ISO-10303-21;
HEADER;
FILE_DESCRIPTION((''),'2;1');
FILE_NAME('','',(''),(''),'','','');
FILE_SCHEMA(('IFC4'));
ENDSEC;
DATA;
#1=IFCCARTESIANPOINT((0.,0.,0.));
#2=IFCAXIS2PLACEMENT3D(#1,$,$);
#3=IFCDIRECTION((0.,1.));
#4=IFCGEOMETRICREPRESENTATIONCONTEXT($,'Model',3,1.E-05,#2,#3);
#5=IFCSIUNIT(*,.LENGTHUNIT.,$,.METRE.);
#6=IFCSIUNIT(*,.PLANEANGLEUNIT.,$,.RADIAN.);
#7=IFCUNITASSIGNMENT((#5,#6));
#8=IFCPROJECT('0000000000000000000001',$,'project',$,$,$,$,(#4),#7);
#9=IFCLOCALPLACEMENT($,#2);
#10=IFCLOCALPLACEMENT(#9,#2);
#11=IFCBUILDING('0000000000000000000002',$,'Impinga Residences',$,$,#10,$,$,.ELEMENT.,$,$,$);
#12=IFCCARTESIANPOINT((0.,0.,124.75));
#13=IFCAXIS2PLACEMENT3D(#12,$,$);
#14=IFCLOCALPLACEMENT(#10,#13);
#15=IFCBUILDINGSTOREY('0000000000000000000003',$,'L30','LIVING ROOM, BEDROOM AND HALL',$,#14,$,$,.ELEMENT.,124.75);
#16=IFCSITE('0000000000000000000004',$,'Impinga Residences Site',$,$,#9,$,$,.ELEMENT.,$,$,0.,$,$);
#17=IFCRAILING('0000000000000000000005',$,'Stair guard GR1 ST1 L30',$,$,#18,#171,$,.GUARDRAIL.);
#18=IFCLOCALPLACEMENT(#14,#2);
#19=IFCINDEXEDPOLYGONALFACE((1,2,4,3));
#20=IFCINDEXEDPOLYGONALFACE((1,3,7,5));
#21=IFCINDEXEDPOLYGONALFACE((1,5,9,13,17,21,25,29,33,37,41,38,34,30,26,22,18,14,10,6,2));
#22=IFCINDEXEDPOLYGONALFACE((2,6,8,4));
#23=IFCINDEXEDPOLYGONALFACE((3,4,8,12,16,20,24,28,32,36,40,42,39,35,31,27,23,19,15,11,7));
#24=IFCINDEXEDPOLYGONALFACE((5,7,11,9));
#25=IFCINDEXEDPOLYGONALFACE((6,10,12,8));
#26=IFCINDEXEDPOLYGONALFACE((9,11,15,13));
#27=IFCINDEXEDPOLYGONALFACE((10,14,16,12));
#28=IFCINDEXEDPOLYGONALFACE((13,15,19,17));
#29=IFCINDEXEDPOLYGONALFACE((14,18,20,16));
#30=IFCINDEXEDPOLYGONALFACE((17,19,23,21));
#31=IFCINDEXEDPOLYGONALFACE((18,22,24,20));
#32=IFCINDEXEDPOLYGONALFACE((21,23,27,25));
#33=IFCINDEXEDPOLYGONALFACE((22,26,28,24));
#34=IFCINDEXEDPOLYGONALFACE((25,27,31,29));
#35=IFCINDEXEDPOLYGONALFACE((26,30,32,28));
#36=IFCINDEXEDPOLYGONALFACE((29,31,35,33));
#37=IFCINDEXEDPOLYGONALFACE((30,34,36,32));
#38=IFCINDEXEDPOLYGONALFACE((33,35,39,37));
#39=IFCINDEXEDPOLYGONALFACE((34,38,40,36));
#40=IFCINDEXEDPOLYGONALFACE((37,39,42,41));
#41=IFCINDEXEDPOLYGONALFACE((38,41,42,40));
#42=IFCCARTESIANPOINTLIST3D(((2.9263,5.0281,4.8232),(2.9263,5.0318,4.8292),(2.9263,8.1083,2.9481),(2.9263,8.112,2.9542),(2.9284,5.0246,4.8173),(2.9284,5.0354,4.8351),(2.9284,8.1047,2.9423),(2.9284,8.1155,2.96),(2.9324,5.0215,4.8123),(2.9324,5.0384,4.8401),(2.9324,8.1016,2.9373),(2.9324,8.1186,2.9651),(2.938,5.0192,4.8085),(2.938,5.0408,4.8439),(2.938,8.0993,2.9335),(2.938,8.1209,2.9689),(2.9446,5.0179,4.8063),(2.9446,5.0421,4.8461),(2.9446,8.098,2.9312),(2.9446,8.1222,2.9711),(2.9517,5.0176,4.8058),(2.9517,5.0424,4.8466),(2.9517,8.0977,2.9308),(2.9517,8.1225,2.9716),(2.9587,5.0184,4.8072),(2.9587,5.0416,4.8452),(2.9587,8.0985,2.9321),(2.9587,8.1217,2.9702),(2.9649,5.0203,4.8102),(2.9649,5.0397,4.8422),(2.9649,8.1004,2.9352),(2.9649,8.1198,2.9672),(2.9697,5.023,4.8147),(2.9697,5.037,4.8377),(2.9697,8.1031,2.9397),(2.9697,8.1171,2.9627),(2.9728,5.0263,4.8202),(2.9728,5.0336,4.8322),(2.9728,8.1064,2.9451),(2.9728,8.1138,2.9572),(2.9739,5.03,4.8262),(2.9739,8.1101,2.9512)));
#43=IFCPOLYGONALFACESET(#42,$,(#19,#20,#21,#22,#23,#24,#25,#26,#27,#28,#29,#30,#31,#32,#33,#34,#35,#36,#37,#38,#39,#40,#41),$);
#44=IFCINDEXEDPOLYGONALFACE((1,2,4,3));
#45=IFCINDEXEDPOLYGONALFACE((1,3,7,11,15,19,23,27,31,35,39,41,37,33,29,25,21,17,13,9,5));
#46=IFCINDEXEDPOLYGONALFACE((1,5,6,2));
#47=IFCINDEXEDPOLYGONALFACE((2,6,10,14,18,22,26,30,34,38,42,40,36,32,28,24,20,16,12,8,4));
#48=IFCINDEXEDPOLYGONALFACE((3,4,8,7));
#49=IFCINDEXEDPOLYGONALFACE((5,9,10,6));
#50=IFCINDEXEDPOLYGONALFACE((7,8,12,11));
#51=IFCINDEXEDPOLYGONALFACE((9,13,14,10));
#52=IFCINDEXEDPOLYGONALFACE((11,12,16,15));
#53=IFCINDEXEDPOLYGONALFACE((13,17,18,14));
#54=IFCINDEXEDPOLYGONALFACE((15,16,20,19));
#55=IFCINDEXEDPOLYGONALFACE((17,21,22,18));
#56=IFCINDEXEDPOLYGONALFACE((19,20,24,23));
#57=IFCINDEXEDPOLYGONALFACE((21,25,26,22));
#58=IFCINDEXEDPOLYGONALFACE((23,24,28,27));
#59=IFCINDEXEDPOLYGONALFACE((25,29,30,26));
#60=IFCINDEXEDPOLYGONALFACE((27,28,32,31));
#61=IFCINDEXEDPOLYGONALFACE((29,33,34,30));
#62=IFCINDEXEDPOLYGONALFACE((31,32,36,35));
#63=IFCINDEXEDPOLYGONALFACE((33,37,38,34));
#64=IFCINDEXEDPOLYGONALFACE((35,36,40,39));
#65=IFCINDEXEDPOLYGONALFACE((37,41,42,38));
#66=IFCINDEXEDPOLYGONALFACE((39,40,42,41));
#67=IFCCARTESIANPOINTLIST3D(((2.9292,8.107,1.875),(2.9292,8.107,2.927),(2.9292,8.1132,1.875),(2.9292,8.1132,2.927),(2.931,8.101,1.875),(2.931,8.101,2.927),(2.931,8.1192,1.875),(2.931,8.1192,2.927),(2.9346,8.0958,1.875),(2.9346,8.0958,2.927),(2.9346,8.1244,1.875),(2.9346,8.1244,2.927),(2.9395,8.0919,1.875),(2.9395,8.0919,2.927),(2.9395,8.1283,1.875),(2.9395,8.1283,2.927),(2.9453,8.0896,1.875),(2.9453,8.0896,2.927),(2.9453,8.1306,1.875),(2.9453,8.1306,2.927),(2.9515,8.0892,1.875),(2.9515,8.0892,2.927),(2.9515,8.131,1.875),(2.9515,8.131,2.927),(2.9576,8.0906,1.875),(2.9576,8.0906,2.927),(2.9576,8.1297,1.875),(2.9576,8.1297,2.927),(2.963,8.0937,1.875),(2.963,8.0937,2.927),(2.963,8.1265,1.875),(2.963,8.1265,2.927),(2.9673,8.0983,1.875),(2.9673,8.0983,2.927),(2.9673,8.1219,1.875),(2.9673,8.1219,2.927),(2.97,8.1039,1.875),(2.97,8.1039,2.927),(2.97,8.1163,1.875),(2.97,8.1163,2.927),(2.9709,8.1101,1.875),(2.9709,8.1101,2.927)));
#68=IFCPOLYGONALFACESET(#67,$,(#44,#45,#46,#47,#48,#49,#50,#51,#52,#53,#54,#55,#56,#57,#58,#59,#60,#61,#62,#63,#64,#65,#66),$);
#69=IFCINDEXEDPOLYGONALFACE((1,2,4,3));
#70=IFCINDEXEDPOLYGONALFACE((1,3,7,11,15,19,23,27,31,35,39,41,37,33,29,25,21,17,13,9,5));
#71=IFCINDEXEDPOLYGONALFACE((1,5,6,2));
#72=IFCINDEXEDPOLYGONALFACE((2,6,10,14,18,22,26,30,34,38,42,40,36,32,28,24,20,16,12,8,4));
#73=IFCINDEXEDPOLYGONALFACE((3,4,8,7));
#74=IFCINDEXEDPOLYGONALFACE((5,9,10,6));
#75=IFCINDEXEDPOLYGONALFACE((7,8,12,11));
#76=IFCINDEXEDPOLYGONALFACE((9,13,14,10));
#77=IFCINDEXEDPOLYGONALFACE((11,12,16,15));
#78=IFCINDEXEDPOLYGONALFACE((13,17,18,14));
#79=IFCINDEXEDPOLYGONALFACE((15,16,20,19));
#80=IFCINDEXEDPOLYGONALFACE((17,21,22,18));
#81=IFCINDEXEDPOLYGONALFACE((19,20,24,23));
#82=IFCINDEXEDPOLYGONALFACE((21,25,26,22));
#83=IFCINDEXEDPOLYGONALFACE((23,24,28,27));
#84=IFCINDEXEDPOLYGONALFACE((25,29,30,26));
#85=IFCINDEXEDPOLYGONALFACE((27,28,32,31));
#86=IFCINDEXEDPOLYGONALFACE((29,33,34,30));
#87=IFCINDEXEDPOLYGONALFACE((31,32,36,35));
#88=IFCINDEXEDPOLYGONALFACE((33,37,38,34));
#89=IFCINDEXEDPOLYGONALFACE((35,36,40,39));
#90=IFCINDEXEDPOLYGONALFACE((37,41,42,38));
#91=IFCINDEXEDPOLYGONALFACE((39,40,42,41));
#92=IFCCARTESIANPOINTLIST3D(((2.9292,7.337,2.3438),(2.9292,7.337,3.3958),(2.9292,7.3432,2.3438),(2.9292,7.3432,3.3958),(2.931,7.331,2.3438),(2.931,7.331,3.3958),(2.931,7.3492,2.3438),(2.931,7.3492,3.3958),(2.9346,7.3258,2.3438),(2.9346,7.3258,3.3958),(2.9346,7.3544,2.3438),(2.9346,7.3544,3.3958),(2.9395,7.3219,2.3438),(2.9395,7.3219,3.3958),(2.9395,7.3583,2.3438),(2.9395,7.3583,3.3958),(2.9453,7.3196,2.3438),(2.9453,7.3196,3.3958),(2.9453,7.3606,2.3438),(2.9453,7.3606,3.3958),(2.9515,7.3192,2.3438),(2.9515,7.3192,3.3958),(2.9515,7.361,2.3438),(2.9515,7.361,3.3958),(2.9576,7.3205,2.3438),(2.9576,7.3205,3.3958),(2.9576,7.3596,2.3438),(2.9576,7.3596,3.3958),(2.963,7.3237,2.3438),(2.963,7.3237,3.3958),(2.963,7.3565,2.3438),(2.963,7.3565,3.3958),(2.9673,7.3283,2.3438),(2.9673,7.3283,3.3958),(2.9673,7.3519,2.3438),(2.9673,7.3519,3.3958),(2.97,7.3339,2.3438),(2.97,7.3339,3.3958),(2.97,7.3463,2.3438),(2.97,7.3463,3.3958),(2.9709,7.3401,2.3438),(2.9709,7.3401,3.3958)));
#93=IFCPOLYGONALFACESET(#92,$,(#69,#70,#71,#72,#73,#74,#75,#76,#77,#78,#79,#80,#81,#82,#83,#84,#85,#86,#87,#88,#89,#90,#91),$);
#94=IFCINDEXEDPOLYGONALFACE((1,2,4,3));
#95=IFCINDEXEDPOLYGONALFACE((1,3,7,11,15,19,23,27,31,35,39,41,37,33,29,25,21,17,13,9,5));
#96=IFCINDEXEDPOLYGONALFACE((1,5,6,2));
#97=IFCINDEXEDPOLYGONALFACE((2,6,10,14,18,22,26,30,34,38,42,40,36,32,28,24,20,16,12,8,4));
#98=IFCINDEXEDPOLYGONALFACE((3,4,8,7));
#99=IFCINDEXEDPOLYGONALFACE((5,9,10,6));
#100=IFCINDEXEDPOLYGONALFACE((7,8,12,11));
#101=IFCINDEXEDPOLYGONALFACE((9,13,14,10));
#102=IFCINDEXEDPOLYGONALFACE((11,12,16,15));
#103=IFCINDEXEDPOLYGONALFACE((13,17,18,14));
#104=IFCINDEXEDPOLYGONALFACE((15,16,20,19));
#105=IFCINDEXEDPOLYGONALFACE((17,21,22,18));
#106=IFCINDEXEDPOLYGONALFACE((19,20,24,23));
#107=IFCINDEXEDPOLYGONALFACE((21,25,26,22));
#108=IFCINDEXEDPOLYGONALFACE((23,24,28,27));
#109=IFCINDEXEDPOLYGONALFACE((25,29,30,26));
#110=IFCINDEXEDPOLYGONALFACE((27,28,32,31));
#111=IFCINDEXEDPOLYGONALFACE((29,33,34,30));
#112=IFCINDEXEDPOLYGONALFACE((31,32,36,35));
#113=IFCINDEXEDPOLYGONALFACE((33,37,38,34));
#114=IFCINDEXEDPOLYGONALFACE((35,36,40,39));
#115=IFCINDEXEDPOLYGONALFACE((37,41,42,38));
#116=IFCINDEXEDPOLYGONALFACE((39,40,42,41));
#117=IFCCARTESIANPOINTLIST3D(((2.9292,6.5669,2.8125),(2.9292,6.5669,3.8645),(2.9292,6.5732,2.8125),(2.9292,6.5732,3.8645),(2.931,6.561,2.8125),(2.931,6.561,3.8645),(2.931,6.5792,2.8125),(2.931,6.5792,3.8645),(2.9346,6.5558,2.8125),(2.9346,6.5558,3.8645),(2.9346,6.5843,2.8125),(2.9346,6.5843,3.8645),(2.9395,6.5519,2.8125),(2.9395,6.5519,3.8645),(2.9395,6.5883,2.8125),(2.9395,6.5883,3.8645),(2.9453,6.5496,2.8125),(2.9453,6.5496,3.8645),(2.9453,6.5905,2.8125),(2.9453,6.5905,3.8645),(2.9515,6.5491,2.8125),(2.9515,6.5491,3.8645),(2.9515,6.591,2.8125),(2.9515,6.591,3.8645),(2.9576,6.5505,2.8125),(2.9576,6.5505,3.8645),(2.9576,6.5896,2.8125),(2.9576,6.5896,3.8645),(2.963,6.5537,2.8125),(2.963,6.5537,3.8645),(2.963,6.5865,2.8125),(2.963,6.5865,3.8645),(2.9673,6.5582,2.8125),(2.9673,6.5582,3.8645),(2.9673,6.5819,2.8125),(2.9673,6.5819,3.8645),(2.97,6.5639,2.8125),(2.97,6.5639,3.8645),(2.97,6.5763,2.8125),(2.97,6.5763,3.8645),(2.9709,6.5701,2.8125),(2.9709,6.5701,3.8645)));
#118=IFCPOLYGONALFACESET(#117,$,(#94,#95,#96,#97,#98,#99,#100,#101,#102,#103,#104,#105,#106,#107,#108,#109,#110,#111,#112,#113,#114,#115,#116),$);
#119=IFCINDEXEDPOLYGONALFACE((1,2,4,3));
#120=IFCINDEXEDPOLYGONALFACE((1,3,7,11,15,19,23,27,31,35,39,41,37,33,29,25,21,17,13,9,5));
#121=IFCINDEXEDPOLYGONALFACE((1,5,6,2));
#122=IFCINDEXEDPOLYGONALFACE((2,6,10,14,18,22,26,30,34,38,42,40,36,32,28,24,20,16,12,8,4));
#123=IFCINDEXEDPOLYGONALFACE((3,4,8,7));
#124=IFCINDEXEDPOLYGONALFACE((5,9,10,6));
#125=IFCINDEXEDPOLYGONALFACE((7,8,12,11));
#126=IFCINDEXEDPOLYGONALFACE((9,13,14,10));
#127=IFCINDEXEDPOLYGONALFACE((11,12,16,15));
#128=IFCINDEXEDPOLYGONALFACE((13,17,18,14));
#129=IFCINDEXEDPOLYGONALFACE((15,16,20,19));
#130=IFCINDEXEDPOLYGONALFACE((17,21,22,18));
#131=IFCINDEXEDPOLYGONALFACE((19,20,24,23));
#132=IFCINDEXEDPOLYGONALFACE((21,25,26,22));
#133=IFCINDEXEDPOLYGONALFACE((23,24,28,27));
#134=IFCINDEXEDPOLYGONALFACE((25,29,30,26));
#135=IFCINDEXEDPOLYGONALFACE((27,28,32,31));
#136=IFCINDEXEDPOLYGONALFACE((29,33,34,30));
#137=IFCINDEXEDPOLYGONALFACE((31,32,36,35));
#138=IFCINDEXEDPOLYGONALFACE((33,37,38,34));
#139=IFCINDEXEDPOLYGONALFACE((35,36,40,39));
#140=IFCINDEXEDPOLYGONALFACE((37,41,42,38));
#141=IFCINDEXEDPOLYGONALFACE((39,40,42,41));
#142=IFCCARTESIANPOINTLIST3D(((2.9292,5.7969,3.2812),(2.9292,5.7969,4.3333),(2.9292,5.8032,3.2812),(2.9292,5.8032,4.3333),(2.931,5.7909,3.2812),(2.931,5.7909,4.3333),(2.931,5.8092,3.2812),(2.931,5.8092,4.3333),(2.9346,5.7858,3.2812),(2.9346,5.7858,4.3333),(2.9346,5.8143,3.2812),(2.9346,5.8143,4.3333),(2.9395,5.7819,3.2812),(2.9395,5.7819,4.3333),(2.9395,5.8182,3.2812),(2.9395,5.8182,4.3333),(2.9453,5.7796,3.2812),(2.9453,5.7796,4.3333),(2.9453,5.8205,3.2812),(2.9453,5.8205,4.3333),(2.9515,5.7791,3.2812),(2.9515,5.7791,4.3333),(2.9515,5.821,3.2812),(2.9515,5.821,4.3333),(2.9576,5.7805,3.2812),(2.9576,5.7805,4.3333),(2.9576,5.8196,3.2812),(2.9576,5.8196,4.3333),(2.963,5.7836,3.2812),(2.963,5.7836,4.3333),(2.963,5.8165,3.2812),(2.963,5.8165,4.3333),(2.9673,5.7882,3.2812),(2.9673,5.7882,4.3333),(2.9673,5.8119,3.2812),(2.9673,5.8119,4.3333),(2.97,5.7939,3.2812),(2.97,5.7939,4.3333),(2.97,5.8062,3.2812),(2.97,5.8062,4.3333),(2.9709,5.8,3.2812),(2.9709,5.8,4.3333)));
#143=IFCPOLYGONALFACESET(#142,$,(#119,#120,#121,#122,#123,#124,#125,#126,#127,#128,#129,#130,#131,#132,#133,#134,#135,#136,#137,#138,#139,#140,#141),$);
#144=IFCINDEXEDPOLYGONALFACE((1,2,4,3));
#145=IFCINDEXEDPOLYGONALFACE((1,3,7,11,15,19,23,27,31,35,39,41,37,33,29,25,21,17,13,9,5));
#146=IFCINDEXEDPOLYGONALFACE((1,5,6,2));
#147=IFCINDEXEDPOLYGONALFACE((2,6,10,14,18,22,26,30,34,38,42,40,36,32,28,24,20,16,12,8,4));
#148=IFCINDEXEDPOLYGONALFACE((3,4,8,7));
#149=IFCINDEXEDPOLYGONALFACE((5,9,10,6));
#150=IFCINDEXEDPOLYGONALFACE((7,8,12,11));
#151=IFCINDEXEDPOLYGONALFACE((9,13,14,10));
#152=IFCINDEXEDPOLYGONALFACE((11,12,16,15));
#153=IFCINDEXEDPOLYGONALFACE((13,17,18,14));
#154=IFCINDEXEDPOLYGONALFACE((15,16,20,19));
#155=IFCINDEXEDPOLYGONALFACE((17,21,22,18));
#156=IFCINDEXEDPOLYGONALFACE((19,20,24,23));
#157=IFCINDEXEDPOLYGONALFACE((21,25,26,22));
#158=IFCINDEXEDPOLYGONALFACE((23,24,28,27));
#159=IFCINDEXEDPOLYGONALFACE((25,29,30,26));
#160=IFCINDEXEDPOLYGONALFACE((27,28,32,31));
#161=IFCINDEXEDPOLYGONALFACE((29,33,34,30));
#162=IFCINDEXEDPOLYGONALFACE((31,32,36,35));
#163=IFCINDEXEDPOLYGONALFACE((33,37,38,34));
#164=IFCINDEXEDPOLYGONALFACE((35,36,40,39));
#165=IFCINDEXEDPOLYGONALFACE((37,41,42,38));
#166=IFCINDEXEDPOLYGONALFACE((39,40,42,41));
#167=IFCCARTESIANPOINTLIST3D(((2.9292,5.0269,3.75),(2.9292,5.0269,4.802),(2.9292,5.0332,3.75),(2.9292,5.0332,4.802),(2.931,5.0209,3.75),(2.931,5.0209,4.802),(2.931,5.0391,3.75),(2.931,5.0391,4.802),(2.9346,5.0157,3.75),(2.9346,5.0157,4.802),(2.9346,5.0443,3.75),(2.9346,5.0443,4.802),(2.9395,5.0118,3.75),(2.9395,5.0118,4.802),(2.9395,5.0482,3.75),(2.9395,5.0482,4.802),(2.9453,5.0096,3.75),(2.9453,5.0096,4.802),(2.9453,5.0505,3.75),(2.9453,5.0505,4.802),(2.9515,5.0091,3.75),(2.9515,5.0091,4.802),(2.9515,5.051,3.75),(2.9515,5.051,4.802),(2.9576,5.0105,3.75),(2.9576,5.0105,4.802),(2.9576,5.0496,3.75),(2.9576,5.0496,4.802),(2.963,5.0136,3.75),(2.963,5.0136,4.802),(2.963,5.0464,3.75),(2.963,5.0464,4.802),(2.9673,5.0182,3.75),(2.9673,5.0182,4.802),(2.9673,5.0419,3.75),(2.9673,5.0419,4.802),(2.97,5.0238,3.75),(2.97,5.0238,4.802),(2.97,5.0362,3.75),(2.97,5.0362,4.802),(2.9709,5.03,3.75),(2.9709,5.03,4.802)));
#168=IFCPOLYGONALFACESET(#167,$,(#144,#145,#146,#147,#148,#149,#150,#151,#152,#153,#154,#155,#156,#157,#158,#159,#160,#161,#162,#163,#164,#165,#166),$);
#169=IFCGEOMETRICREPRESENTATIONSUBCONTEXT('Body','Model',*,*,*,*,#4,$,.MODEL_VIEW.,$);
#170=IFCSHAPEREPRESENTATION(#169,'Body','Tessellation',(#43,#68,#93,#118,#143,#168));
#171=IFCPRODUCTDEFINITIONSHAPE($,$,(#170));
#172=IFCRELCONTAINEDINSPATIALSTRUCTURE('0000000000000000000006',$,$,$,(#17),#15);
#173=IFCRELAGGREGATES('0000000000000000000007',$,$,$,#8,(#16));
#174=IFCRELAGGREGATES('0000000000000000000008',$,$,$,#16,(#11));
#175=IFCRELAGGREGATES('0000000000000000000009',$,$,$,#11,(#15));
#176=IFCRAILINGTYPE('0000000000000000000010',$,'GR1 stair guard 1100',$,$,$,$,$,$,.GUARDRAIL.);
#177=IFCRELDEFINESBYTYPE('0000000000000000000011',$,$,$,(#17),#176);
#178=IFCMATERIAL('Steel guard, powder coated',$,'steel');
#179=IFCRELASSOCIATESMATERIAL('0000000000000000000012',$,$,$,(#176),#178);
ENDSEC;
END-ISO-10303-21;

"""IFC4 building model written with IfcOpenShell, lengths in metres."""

from ifc_helpers import new_model, si_unit, direction, frame, origin, origin_2d, place, context, subcontext, project, spatial, circle, extrude, material, type_object, element, save


model = new_model("IFC4")

# Units and contexts
model_context = context("Model", 3, precision=1e-05, world=origin(), true_north=direction((0.0, 1.0)))
body_context = subcontext(model_context, "Body", "Model", "MODEL_VIEW")
ifc_project = project(units=[si_unit("LENGTHUNIT", "METRE"), si_unit("PLANEANGLEUNIT", "RADIAN")], contexts=[model_context])

# Site, building, storey
site_placement = place(None, origin())
site = spatial("IfcSite", under=ifc_project, at=site_placement, Name="Impinga Residences Site", CompositionType="ELEMENT", RefElevation=0.0)
building_placement = place(site_placement, origin())
building = spatial("IfcBuilding", under=site, at=building_placement, Name="Impinga Residences", CompositionType="ELEMENT")
storey_placement = place(building_placement, frame((0.0, 0.0, 124.75)))
storey = spatial("IfcBuildingStorey", under=building, at=storey_placement, Name="L30", Description="LIVING ROOM, BEDROOM AND HALL", CompositionType="ELEMENT", Elevation=124.75)

# Railing
ifc_material_1 = material(Name="Steel guard, powder coated", Category="steel")
railing_type_1 = type_object("IfcRailingType", Name="GR1 stair guard 1100", PredefinedType="GUARDRAIL", material=ifc_material_1)
railing_1_placement = place(storey_placement, frame((2.95, 8.1101, 1.875)))
element("IfcRailing", 1, at=railing_1_placement, inside=storey, type_object=railing_type_1, Name="Stair guard GR1 ST1 L30", PredefinedType="GUARDRAIL", context=body_context, shape_type="SweptSolid", body=[
    extrude(circle(Radius=0.0239, at=origin_2d()), frame((0.0, 0.0, 1.0762), z_axis=(0.0, -0.854178, 0.519981), x_axis=(1.0, 0.0, 0.0)), (0.0, 0.0, 1.0), 3.606),
    extrude(circle(Radius=0.021, at=origin_2d()), origin(), (0.0, 0.0, 1.0), 1.052),
    extrude(circle(Radius=0.021, at=origin_2d()), frame((0.0, -0.77, 0.4688)), (0.0, 0.0, 1.0), 1.052),
    extrude(circle(Radius=0.021, at=origin_2d()), frame((0.0, -1.54, 0.9375)), (0.0, 0.0, 1.0), 1.052),
    extrude(circle(Radius=0.021, at=origin_2d()), frame((0.0, -2.3101, 1.4062)), (0.0, 0.0, 1.0), 1.052),
    extrude(circle(Radius=0.021, at=origin_2d()), frame((0.0, -3.0801, 1.875)), (0.0, 0.0, 1.0), 1.052),
])

save(model, "model.ifc")
